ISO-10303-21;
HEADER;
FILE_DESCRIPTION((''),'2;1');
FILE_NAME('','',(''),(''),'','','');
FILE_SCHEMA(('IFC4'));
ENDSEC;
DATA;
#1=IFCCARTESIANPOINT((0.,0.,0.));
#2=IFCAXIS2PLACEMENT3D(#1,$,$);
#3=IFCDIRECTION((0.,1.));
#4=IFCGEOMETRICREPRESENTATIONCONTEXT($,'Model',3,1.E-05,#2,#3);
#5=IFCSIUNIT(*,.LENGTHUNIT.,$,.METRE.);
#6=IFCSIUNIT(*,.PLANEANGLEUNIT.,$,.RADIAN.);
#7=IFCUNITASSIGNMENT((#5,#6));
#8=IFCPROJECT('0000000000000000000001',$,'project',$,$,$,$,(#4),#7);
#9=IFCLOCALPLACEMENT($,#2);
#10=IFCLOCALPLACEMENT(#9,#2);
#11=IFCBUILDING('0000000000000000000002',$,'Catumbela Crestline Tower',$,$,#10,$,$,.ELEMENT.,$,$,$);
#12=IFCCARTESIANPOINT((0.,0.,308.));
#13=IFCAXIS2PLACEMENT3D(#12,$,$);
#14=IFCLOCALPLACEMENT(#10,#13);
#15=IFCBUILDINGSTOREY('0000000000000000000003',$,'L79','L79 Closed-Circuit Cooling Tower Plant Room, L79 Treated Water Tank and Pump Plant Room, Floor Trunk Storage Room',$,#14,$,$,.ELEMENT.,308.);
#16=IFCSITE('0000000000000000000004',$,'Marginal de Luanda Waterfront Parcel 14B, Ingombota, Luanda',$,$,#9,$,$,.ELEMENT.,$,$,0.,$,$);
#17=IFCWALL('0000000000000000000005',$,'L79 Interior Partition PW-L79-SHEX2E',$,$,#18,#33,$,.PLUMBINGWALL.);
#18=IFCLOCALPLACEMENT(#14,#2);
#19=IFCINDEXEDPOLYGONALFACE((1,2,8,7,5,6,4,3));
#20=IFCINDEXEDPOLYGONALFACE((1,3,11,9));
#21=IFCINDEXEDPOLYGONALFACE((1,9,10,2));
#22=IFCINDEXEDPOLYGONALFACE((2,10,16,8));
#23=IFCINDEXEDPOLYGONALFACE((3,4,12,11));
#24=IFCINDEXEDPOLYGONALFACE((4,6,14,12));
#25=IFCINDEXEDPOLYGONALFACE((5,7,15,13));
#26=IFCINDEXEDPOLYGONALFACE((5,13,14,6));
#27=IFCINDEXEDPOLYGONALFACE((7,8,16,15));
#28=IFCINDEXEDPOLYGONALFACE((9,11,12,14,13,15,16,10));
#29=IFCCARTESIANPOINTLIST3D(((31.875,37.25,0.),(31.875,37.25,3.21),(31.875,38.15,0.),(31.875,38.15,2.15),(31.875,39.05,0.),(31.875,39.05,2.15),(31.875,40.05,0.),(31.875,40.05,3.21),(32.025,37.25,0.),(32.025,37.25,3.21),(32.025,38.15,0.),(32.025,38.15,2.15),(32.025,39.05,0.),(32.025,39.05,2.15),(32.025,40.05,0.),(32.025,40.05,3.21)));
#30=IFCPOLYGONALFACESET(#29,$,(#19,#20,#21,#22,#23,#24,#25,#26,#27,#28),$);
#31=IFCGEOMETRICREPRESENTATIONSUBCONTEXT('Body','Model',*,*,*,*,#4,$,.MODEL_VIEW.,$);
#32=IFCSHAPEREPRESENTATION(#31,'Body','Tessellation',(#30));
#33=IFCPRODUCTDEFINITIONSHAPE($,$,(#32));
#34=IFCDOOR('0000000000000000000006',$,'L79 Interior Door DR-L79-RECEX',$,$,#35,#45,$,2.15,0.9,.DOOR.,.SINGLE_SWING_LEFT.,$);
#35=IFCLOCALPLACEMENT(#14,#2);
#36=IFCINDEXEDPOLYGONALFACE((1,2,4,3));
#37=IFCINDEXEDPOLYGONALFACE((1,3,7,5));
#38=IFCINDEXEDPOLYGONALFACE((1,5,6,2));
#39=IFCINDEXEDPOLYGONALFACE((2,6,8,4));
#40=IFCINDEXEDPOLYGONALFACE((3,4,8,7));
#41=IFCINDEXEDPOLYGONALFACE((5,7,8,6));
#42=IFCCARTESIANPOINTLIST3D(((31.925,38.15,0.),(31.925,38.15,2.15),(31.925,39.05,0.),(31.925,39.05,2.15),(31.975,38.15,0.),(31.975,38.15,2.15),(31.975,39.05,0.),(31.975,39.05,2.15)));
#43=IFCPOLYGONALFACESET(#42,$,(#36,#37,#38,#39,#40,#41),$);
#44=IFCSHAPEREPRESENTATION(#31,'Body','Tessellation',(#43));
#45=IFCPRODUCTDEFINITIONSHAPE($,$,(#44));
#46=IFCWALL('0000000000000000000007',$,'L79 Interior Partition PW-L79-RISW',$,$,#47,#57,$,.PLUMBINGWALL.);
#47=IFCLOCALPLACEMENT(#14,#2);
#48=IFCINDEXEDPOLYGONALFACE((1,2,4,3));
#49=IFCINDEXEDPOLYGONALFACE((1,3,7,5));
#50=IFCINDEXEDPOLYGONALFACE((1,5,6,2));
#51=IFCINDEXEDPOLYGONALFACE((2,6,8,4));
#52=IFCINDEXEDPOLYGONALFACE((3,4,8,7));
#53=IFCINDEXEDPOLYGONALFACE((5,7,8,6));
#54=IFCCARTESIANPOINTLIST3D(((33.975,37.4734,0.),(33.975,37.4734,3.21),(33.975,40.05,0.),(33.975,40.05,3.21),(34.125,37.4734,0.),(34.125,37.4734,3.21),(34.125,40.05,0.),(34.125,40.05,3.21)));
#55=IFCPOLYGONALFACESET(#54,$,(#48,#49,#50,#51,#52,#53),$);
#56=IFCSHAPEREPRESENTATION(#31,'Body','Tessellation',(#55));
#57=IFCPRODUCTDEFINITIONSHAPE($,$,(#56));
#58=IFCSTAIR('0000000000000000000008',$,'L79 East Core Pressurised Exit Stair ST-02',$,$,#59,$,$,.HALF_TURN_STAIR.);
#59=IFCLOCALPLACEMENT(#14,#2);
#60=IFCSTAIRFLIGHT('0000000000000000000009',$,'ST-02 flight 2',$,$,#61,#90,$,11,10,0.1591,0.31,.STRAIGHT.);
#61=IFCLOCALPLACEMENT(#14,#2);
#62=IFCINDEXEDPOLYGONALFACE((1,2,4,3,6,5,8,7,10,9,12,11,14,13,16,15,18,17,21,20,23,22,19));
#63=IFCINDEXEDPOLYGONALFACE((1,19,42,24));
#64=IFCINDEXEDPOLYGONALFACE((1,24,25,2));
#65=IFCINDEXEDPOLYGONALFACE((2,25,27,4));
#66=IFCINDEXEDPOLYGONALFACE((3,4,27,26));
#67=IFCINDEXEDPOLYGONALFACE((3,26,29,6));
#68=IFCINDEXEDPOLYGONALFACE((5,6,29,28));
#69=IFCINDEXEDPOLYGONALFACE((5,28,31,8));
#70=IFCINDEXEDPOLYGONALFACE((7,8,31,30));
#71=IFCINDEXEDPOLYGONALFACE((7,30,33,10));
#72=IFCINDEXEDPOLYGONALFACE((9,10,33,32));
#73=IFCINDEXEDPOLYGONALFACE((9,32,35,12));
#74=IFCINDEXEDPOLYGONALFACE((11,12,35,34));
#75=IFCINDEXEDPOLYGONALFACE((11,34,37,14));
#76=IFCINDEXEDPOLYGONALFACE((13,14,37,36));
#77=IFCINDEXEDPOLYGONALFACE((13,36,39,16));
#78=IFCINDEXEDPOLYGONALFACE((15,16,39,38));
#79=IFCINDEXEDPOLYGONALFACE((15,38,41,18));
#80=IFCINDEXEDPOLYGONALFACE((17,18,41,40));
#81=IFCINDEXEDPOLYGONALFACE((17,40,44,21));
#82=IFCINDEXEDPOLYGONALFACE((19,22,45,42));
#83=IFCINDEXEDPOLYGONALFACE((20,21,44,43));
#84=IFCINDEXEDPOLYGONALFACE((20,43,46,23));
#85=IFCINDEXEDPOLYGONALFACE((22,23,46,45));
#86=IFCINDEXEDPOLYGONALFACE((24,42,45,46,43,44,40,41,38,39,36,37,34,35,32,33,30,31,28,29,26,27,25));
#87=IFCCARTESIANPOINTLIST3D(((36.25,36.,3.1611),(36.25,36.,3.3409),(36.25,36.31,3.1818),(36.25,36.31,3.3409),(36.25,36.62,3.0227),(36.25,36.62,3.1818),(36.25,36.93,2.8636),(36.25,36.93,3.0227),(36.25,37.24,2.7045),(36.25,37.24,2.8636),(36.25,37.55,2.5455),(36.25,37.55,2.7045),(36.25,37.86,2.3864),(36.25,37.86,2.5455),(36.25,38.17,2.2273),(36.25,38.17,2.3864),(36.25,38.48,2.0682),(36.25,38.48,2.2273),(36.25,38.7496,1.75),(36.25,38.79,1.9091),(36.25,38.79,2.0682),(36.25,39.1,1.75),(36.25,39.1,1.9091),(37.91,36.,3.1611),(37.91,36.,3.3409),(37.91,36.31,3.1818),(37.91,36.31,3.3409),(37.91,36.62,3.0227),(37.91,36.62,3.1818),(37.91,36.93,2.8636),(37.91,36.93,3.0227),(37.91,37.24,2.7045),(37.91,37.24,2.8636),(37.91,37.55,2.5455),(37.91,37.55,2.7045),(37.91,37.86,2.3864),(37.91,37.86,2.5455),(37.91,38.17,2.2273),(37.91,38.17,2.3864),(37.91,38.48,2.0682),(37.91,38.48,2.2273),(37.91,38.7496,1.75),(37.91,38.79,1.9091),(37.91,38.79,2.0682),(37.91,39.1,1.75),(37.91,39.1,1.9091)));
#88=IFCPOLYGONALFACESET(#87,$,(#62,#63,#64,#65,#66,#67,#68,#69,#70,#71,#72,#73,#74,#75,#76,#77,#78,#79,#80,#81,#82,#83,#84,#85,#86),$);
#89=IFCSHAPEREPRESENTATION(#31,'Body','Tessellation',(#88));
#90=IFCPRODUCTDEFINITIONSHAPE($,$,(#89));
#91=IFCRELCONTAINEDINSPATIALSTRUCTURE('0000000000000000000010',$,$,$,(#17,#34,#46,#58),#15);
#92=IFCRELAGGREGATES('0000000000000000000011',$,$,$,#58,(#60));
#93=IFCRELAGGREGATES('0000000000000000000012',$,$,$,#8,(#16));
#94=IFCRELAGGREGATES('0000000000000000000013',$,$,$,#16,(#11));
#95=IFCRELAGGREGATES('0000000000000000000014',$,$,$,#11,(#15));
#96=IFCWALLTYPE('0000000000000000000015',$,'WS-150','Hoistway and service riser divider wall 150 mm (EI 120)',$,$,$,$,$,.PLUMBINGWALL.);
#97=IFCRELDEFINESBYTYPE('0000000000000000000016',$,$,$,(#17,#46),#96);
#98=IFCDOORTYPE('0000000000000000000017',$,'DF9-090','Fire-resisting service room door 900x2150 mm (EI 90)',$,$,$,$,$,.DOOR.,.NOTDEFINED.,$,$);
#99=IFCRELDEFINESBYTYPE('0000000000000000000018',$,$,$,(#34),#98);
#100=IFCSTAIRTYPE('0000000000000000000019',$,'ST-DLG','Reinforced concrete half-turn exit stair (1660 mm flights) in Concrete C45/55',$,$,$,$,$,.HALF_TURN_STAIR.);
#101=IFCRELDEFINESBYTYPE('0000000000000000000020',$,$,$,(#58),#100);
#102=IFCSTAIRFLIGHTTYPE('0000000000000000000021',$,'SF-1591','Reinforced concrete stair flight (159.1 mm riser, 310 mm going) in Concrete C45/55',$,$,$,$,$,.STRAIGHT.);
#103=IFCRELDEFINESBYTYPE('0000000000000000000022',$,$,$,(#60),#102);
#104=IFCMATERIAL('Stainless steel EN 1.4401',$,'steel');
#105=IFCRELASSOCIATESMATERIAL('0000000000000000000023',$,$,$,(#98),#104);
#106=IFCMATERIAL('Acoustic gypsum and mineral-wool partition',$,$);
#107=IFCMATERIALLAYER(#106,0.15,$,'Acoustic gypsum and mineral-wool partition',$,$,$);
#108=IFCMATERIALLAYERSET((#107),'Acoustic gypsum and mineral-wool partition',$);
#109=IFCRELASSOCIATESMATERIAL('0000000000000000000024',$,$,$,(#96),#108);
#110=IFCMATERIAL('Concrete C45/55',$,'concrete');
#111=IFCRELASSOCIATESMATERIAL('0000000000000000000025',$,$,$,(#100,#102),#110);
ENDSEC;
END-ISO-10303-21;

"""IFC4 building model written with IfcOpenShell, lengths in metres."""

from ifc_helpers import new_model, si_unit, direction, frame, frame_2d, origin, place, context, subcontext, project, spatial, polyline, rectangle, outline, extrude, material, layer, layer_set, type_object, element, fill, aggregate, save


model = new_model("IFC4")

# Units and contexts
model_context = context("Model", 3, precision=1e-05, world=origin(), true_north=direction((0.0, 1.0)))
body_context = subcontext(model_context, "Body", "Model", "MODEL_VIEW")
ifc_project = project(units=[si_unit("LENGTHUNIT", "METRE"), si_unit("PLANEANGLEUNIT", "RADIAN")], contexts=[model_context])

# Site, building, storey
site_placement = place(None, origin())
site = spatial("IfcSite", under=ifc_project, at=site_placement, Name="Marginal de Luanda Waterfront Parcel 14B, Ingombota, Luanda", CompositionType="ELEMENT", RefElevation=0.0)
building_placement = place(site_placement, origin())
building = spatial("IfcBuilding", under=site, at=building_placement, Name="Catumbela Crestline Tower", CompositionType="ELEMENT")
storey_placement = place(building_placement, frame((0.0, 0.0, 308.0)))
storey = spatial("IfcBuildingStorey", under=building, at=storey_placement, Name="L79", Description="L79 Closed-Circuit Cooling Tower Plant Room, L79 Treated Water Tank and Pump Plant Room, Floor Trunk Storage Room", CompositionType="ELEMENT", Elevation=308.0)

# Shared definitions
ifc_material_1 = material(Name="Stainless steel EN 1.4401", Category="steel")

# Shared definitions
ifc_material_2 = material(Name="Acoustic gypsum and mineral-wool partition")

# Shared definitions
door_type_1 = type_object("IfcDoorType", Name="DF9-090", Description="Fire-resisting service room door 900x2150 mm (EI 90)", OperationType="NOTDEFINED", PredefinedType="DOOR", material=ifc_material_1)

# Shared definitions
ifc_layer_1 = layer(ifc_material_2, 0.15, Name="Acoustic gypsum and mineral-wool partition")
ifc_layer_set_1 = layer_set([ifc_layer_1], Name="Acoustic gypsum and mineral-wool partition")
wall_type_1 = type_object("IfcWallType", Name="WS-150", Description="Hoistway and service riser divider wall 150 mm (EI 120)", PredefinedType="PLUMBINGWALL", material=ifc_layer_set_1)

# Wall, opening, door
wall_1_placement = place(storey_placement, frame((31.95, 37.25, 0.0), z_axis=(0.0, 0.0, 1.0), x_axis=(0.0, 1.0, 0.0)))
wall_1 = element("IfcWall", 1, at=wall_1_placement, inside=storey, type_object=wall_type_1, Name="L79 Interior Partition PW-L79-SHEX2E", PredefinedType="PLUMBINGWALL", context=body_context, shape_type="SweptSolid", body=[
    extrude(rectangle(XDim=2.8, YDim=0.15, at=frame_2d((1.4, 0.0))), origin(), (0.0, 0.0, 1.0), 3.21),
])
opening_1_placement = place(wall_1_placement, frame((0.9, 0.0, 0.0)))
opening_1 = element("IfcOpeningElement", 2, at=opening_1_placement, cuts=wall_1, PredefinedType="OPENING", context=body_context, shape_type="SweptSolid", body=[
    extrude(rectangle(XDim=0.9, YDim=2.15, at=frame_2d((0.45, 1.075))), frame((0.0, 0.085, 0.0), z_axis=(0.0, -1.0, 0.0), x_axis=(1.0, 0.0, 0.0)), (0.0, 0.0, 1.0), 0.17),
])
door_1_placement = place(opening_1_placement, origin())
door_1 = element("IfcDoor", 3, at=door_1_placement, inside=storey, type_object=door_type_1, Name="L79 Interior Door DR-L79-RECEX", OperationType="SINGLE_SWING_LEFT", OverallHeight=2.15, OverallWidth=0.9, PredefinedType="DOOR", context=body_context, shape_type="SweptSolid", body=[
    extrude(rectangle(XDim=0.9, YDim=2.15, at=frame_2d((0.45, 1.075))), frame((0.0, 0.025, 0.0), z_axis=(0.0, -1.0, 0.0), x_axis=(1.0, 0.0, 0.0)), (0.0, 0.0, 1.0), 0.05),
])
fill(opening_1, door_1)

# Wall
wall_2_placement = place(storey_placement, frame((34.05, 37.4734, 0.0), z_axis=(0.0, 0.0, 1.0), x_axis=(0.0, 1.0, 0.0)))
element("IfcWall", 4, at=wall_2_placement, inside=storey, type_object=wall_type_1, Name="L79 Interior Partition PW-L79-RISW", PredefinedType="PLUMBINGWALL", context=body_context, shape_type="SweptSolid", body=[
    extrude(rectangle(XDim=2.5766, YDim=0.15, at=frame_2d((1.2883, 0.0))), origin(), (0.0, 0.0, 1.0), 3.21),
])

# Stair, stair flight
ifc_material_3 = material(Name="Concrete C45/55", Category="concrete")
stair_type = type_object("IfcStairType", Name="ST-DLG", Description="Reinforced concrete half-turn exit stair (1660 mm flights) in Concrete C45/55", PredefinedType="HALF_TURN_STAIR", material=ifc_material_3)
stair_placement = place(storey_placement, origin())
stair = element("IfcStair", 5, at=stair_placement, inside=storey, type_object=stair_type, Name="L79 East Core Pressurised Exit Stair ST-02", PredefinedType="HALF_TURN_STAIR")
stair_flight_type = type_object("IfcStairFlightType", Name="SF-1591", Description="Reinforced concrete stair flight (159.1 mm riser, 310 mm going) in Concrete C45/55", PredefinedType="STRAIGHT", material=ifc_material_3)
stair_flight_placement = place(storey_placement, frame((37.08, 39.1, 1.75), z_axis=(0.0, 0.0, 1.0), x_axis=(0.0, -1.0, 0.0)))
stair_flight = element("IfcStairFlight", 6, at=stair_flight_placement, type_object=stair_flight_type, Name="ST-02 flight 2", NumberOfRisers=11, NumberOfTreads=10, PredefinedType="STRAIGHT", RiserHeight=0.1591, TreadLength=0.31, context=body_context, shape_type="SweptSolid", body=[
    extrude(outline(polyline([(0.0, 0.0), (0.0, 0.1591), (0.31, 0.1591), (0.31, 0.3182), (0.62, 0.3182), (0.62, 0.4773), (0.93, 0.4773), (0.93, 0.6364), (1.24, 0.6364), (1.24, 0.7955), (1.55, 0.7955), (1.55, 0.9545), (1.86, 0.9545), (1.86, 1.1136), (2.17, 1.1136), (2.17, 1.2727), (2.48, 1.2727), (2.48, 1.4318), (2.79, 1.4318), (2.79, 1.5909), (3.1, 1.5909), (3.1, 1.75), (3.1, 1.4111), (0.3504, 0.0), (0.0, 0.0)])), frame((0.0, 0.83, 0.0), z_axis=(0.0, -1.0, 0.0), x_axis=(1.0, 0.0, 0.0)), (0.0, 0.0, 1.0), 1.66),
])
aggregate(stair, [stair_flight])

save(model, "model.ifc")
